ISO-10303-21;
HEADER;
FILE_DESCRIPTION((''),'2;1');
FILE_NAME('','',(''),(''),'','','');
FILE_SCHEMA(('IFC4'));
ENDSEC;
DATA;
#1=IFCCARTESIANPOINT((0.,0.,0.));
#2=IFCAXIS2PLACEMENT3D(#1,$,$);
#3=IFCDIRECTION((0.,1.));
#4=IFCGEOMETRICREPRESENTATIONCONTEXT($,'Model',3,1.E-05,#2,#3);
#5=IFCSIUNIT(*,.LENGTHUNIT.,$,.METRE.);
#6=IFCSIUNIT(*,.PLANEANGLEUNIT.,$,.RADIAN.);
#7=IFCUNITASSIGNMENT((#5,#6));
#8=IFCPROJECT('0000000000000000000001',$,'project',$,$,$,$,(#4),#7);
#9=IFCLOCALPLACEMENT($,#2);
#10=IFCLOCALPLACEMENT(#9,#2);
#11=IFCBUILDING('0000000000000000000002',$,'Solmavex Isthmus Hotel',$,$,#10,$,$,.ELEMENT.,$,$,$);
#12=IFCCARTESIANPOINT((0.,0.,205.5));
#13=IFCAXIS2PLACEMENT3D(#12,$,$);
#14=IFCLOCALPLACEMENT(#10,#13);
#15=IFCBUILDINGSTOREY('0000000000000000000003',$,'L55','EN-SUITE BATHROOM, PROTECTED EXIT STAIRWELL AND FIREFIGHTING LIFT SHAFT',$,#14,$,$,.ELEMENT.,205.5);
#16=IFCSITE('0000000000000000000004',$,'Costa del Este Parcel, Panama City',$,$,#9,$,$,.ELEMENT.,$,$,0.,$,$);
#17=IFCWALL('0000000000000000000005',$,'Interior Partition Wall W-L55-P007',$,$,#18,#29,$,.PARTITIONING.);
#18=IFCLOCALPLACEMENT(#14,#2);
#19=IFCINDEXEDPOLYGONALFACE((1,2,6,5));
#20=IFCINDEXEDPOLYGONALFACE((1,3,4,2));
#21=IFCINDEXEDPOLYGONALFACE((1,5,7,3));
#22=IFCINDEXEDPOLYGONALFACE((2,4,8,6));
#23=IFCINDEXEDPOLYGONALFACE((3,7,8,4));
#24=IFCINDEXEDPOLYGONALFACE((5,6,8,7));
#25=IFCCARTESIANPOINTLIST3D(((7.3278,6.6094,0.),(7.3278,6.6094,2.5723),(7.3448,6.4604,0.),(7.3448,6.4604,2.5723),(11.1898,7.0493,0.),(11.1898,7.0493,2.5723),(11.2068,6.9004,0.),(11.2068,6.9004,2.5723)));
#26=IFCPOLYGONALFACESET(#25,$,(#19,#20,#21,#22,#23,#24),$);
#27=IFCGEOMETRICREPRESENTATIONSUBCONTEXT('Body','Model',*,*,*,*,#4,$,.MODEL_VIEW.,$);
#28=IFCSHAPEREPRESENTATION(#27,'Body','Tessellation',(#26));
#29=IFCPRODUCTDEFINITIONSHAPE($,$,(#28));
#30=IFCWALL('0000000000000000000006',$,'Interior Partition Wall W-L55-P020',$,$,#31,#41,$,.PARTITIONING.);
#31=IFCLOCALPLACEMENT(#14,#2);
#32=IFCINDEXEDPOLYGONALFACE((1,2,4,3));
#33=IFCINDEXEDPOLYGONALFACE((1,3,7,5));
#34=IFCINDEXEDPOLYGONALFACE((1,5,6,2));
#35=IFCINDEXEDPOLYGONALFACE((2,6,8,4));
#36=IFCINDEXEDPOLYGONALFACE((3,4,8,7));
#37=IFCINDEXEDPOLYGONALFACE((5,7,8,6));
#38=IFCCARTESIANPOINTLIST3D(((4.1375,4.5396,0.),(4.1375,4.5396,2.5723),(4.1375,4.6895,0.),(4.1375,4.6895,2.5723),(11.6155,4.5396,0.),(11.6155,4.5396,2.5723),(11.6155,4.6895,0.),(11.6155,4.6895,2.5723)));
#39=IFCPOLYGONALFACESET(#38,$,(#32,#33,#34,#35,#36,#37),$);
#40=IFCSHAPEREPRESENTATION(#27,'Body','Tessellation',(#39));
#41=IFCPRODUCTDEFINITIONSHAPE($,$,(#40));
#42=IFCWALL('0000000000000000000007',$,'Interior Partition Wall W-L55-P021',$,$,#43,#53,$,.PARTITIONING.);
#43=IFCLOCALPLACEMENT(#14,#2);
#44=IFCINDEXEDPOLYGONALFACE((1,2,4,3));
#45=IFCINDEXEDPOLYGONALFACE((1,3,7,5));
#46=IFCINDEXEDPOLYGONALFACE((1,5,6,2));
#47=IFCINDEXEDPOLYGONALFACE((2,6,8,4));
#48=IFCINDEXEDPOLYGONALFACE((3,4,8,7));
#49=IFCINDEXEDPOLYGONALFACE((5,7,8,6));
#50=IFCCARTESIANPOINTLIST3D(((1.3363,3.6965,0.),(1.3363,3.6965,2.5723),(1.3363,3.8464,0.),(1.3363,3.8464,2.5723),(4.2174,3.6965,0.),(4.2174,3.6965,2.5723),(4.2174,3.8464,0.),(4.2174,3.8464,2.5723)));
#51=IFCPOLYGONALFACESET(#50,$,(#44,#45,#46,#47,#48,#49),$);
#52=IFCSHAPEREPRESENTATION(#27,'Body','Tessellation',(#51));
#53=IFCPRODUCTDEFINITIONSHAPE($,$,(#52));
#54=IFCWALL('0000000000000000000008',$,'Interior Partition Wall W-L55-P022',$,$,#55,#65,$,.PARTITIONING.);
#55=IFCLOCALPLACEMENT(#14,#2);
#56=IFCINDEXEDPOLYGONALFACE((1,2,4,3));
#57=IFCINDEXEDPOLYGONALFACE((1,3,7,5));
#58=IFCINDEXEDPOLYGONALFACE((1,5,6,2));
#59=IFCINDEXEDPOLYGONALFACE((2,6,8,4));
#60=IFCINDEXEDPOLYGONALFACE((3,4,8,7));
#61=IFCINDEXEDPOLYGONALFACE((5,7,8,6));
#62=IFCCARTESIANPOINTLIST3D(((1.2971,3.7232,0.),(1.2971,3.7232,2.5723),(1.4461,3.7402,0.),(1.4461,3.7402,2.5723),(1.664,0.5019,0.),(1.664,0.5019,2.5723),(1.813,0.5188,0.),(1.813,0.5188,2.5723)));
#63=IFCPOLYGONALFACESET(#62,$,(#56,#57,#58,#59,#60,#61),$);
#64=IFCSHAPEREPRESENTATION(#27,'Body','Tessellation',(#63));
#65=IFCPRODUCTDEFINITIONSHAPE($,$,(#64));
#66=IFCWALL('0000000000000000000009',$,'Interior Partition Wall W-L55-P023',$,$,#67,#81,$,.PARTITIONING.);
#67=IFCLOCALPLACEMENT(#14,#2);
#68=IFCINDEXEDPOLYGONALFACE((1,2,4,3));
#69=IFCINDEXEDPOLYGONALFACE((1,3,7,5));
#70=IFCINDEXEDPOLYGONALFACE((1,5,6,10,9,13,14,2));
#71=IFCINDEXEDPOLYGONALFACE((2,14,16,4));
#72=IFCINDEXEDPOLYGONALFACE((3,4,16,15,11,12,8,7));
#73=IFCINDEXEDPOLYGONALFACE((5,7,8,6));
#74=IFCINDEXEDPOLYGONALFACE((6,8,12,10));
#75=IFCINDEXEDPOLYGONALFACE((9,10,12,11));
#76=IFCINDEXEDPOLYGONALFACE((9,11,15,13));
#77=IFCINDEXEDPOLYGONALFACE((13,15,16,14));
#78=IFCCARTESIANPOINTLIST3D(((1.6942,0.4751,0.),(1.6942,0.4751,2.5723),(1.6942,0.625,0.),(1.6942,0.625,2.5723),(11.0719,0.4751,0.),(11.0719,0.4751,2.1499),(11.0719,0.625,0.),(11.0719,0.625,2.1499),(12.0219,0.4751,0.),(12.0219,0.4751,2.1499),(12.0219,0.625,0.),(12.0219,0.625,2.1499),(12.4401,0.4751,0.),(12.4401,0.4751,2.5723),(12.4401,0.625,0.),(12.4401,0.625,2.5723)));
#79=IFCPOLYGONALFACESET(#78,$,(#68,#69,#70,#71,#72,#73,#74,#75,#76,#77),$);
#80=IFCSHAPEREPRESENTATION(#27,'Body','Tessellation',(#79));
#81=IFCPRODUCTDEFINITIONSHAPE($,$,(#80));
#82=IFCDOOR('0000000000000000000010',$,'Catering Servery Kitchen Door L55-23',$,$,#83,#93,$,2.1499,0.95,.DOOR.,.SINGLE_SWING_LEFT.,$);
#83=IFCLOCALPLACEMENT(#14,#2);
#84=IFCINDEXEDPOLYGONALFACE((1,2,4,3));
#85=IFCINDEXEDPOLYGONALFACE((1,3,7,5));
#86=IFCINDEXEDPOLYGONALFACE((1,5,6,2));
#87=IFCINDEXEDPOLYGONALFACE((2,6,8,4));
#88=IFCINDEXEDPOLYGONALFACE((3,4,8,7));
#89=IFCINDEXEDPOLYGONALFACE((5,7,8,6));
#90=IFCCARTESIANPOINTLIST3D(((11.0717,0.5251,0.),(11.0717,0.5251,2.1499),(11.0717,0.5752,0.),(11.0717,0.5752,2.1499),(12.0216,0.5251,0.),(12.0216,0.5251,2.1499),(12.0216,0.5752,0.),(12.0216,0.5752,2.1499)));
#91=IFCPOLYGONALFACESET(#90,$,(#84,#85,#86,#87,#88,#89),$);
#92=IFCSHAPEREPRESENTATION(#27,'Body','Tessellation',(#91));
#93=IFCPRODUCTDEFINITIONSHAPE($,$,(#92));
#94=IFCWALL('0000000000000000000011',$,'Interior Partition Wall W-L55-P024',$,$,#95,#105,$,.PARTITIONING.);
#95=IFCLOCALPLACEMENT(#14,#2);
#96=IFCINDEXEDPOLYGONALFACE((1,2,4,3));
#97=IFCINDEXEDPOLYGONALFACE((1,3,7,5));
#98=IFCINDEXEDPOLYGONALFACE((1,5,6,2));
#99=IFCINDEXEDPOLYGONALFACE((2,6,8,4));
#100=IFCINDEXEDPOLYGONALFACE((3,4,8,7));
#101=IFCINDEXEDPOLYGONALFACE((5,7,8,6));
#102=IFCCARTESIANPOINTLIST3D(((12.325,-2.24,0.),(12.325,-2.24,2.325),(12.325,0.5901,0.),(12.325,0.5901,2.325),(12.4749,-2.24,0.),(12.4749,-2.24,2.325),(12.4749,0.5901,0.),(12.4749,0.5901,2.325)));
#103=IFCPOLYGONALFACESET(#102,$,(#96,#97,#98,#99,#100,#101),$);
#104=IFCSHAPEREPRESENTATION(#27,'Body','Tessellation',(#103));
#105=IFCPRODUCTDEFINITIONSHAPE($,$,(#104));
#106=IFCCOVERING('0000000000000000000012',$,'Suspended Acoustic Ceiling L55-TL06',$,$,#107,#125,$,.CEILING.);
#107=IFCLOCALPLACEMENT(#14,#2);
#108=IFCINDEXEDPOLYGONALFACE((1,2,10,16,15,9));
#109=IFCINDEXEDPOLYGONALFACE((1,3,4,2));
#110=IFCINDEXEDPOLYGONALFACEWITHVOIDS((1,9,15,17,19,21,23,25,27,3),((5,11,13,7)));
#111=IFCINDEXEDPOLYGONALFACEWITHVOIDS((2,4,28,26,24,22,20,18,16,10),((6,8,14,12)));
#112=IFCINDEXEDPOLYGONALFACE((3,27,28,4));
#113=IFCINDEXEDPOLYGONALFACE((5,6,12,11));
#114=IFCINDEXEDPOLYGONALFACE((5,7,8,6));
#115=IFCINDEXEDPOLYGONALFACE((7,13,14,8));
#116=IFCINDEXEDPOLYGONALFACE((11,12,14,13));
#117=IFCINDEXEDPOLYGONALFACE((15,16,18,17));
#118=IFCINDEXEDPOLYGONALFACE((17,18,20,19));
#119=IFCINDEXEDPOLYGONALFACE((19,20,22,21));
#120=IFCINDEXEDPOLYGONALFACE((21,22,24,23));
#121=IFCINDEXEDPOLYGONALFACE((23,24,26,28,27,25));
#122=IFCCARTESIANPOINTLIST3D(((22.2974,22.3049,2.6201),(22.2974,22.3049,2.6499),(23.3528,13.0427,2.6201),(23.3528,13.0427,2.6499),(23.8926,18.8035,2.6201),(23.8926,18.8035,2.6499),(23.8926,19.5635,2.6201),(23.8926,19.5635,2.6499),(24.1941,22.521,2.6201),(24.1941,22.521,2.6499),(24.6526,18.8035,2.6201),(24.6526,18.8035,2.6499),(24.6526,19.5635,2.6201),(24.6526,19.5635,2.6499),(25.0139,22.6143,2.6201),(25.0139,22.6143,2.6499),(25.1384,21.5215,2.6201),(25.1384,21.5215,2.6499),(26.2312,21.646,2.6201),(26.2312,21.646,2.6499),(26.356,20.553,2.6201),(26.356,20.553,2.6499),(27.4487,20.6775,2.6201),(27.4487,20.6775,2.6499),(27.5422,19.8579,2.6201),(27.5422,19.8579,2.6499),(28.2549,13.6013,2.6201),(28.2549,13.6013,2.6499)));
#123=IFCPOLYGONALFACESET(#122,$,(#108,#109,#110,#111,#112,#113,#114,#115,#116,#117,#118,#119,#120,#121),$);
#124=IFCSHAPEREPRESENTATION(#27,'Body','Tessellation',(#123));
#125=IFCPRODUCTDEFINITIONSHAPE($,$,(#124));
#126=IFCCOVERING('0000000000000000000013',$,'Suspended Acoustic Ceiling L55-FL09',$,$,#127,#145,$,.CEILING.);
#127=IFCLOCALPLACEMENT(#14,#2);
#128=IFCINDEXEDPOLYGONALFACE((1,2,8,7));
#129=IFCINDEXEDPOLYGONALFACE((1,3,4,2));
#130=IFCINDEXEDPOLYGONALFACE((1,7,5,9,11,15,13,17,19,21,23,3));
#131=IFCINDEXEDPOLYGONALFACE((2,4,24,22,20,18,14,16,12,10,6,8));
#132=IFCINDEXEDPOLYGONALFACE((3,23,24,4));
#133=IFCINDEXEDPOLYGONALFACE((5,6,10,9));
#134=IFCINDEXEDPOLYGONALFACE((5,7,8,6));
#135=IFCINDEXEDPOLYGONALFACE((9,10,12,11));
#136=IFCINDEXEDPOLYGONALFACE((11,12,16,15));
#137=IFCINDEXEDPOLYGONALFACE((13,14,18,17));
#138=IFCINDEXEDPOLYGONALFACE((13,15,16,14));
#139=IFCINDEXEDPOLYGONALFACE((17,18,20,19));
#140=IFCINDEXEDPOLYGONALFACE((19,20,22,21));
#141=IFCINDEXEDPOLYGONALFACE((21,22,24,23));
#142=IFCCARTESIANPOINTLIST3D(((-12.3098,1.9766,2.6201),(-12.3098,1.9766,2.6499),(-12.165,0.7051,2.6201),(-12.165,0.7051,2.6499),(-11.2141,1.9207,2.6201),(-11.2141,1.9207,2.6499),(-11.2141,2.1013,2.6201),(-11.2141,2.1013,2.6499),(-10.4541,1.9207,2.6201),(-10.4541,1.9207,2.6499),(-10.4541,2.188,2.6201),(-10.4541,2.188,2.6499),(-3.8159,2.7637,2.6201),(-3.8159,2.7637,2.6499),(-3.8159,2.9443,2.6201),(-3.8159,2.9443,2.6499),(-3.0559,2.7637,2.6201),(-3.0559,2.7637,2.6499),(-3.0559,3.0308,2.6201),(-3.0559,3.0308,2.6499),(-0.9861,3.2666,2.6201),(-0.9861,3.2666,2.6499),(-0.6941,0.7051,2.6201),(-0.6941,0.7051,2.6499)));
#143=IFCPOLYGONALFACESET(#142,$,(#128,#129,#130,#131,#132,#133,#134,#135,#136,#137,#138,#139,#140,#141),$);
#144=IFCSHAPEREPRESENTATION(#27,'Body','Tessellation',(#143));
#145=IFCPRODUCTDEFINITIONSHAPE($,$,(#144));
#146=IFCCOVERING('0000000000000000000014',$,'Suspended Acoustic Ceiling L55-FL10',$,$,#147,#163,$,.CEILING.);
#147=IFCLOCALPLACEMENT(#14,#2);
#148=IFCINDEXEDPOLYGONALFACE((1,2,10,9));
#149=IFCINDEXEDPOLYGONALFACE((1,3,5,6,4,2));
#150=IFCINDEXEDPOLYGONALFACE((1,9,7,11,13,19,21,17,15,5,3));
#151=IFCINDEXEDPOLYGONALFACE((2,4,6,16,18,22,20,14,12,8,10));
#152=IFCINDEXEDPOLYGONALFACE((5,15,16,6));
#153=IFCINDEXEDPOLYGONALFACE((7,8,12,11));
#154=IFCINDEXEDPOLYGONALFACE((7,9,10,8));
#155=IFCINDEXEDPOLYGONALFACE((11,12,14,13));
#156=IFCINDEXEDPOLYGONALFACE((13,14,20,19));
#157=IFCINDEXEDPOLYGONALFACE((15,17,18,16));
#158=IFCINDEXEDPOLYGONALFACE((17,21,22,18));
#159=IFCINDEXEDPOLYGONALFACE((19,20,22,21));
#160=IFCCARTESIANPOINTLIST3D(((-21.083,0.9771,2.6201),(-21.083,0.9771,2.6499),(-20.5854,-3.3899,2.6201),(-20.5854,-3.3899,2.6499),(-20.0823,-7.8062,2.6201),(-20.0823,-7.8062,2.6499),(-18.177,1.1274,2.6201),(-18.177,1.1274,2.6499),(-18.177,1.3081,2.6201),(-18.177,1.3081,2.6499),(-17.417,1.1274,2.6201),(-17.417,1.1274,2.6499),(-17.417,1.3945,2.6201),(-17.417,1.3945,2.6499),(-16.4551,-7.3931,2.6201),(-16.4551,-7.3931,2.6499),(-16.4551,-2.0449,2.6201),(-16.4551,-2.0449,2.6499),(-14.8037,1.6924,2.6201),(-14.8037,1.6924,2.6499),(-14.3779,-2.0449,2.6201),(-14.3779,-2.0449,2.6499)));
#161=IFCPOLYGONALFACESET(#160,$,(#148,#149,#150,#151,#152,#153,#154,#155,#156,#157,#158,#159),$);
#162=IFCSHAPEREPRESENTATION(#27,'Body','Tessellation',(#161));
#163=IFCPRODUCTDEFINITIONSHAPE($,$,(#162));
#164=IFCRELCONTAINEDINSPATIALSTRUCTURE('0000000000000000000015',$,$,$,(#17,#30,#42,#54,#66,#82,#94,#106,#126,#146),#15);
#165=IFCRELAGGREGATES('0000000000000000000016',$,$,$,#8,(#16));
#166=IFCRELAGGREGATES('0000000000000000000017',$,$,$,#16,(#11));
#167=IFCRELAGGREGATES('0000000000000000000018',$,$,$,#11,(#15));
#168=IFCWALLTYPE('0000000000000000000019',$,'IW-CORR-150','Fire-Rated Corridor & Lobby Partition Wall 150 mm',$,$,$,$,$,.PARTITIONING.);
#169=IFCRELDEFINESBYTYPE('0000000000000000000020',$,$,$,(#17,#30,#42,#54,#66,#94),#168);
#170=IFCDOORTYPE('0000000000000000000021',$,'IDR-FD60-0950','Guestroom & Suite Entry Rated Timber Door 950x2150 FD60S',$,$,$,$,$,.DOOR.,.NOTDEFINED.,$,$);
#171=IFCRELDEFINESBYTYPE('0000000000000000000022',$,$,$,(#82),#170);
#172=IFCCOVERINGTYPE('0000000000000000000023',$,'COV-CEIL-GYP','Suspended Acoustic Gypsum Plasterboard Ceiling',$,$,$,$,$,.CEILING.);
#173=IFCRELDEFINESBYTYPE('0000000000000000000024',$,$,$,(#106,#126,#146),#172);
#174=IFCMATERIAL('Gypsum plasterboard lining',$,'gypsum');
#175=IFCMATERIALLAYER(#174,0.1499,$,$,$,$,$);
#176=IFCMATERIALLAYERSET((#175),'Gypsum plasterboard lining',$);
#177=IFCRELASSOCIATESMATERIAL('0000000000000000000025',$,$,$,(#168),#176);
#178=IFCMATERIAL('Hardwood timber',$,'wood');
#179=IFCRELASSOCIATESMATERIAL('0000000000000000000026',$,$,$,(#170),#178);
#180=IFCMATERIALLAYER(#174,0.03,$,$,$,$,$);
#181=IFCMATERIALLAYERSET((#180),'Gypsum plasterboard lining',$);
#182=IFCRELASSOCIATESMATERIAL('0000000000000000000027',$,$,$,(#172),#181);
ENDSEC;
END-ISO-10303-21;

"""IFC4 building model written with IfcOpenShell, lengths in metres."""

from ifc_helpers import new_model, si_unit, direction, frame, frame_2d, origin, place, context, subcontext, project, spatial, polyline, rectangle, outline, extrude, material, layer, layer_set, type_object, element, fill, save


model = new_model("IFC4")

# Units and contexts
model_context = context("Model", 3, precision=1e-05, world=origin(), true_north=direction((0.0, 1.0)))
body_context = subcontext(model_context, "Body", "Model", "MODEL_VIEW")
ifc_project = project(units=[si_unit("LENGTHUNIT", "METRE"), si_unit("PLANEANGLEUNIT", "RADIAN")], contexts=[model_context])

# Site, building, storey
site_placement = place(None, origin())
site = spatial("IfcSite", under=ifc_project, at=site_placement, Name="Costa del Este Parcel, Panama City", CompositionType="ELEMENT", RefElevation=0.0)
building_placement = place(site_placement, origin())
building = spatial("IfcBuilding", under=site, at=building_placement, Name="Solmavex Isthmus Hotel", CompositionType="ELEMENT")
storey_placement = place(building_placement, frame((0.0, 0.0, 205.5)))
storey = spatial("IfcBuildingStorey", under=building, at=storey_placement, Name="L55", Description="EN-SUITE BATHROOM, PROTECTED EXIT STAIRWELL AND FIREFIGHTING LIFT SHAFT", CompositionType="ELEMENT", Elevation=205.5)

# Shared definitions
ifc_material_1 = material(Name="Gypsum plasterboard lining", Category="gypsum")
ifc_layer_1 = layer(ifc_material_1, 0.1499)
ifc_layer_set_1 = layer_set([ifc_layer_1], Name="Gypsum plasterboard lining")
wall_type = type_object("IfcWallType", Name="IW-CORR-150", Description="Fire-Rated Corridor & Lobby Partition Wall 150 mm", PredefinedType="PARTITIONING", material=ifc_layer_set_1)
ifc_material_2 = material(Name="Hardwood timber", Category="wood")
door_type = type_object("IfcDoorType", Name="IDR-FD60-0950", Description="Guestroom & Suite Entry Rated Timber Door 950x2150 FD60S", OperationType="NOTDEFINED", PredefinedType="DOOR", material=ifc_material_2)

# Walls
wall_1_placement = place(storey_placement, frame((7.3364, 6.5349, 0.0), z_axis=(0.0, 0.0, 1.0), x_axis=(0.993574, 0.113182, 0.0)))
element("IfcWall", 1, at=wall_1_placement, inside=storey, type_object=wall_type, Name="Interior Partition Wall W-L55-P007", PredefinedType="PARTITIONING", context=body_context, shape_type="SweptSolid", body=[
    extrude(rectangle(XDim=3.887, YDim=0.1499, at=frame_2d((1.9434, 0.0))), origin(), (0.0, 0.0, 1.0), 2.5723),
])
wall_2_placement = place(storey_placement, frame((11.6155, 4.6145, 0.0), z_axis=(0.0, 0.0, 1.0), x_axis=(-1.0, 0.0, 0.0)))
element("IfcWall", 2, at=wall_2_placement, inside=storey, type_object=wall_type, Name="Interior Partition Wall W-L55-P020", PredefinedType="PARTITIONING", context=body_context, shape_type="SweptSolid", body=[
    extrude(rectangle(XDim=7.478, YDim=0.1499, at=frame_2d((3.739, 0.0))), origin(), (0.0, 0.0, 1.0), 2.5723),
])
wall_3_placement = place(storey_placement, frame((4.2173, 3.7715, 0.0), z_axis=(0.0, 0.0, 1.0), x_axis=(-1.0, 0.0, 0.0)))
element("IfcWall", 3, at=wall_3_placement, inside=storey, type_object=wall_type, Name="Interior Partition Wall W-L55-P021", PredefinedType="PARTITIONING", context=body_context, shape_type="SweptSolid", body=[
    extrude(rectangle(XDim=2.8811, YDim=0.1499, at=frame_2d((1.4404, 0.0))), origin(), (0.0, 0.0, 1.0), 2.5723),
])
wall_4_placement = place(storey_placement, frame((1.3716, 3.7317, 0.0), z_axis=(0.0, 0.0, 1.0), x_axis=(0.113175, -0.993575, 0.0)))
element("IfcWall", 4, at=wall_4_placement, inside=storey, type_object=wall_type, Name="Interior Partition Wall W-L55-P022", PredefinedType="PARTITIONING", context=body_context, shape_type="SweptSolid", body=[
    extrude(rectangle(XDim=3.2422, YDim=0.1499, at=frame_2d((1.6211, 0.0))), origin(), (0.0, 0.0, 1.0), 2.5723),
])

# Wall, opening, door
wall_5_placement = place(storey_placement, frame((1.6941, 0.55, 0.0), z_axis=(0.0, 0.0, 1.0), x_axis=(1.0, 0.0, 0.0)))
wall_5 = element("IfcWall", 5, at=wall_5_placement, inside=storey, type_object=wall_type, Name="Interior Partition Wall W-L55-P023", PredefinedType="PARTITIONING", context=body_context, shape_type="SweptSolid", body=[
    extrude(rectangle(XDim=10.7458, YDim=0.1499, at=frame_2d((5.373, 0.0))), origin(), (0.0, 0.0, 1.0), 2.5723),
])
opening_1_placement = place(wall_5_placement, frame((9.3777, 0.0, 0.0)))
opening_1 = element("IfcOpeningElement", 6, at=opening_1_placement, cuts=wall_5, PredefinedType="OPENING", context=body_context, shape_type="SweptSolid", body=[
    extrude(rectangle(XDim=0.95, YDim=2.1499, at=frame_2d((0.4751, 1.075))), frame((0.0, 0.085, 0.0), z_axis=(0.0, -1.0, 0.0), x_axis=(1.0, 0.0, 0.0)), (0.0, 0.0, 1.0), 0.1699),
])
door_1_placement = place(opening_1_placement, frame((0.95, 0.0, 0.0), z_axis=(0.0, 0.0, 1.0), x_axis=(-1.0, 0.0, 0.0)))
door_1 = element("IfcDoor", 7, at=door_1_placement, inside=storey, type_object=door_type, Name="Catering Servery Kitchen Door L55-23", OperationType="SINGLE_SWING_LEFT", OverallHeight=2.1499, OverallWidth=0.95, PredefinedType="DOOR", context=body_context, shape_type="SweptSolid", body=[
    extrude(rectangle(XDim=0.95, YDim=2.1499, at=frame_2d((0.4751, 1.075))), frame((0.0, 0.0249, 0.0), z_axis=(0.0, -1.0, 0.0), x_axis=(1.0, 0.0, 0.0)), (0.0, 0.0, 1.0), 0.05),
])
fill(opening_1, door_1)

# Wall
wall_6_placement = place(storey_placement, frame((12.3999, 0.5901, 0.0), z_axis=(0.0, 0.0, 1.0), x_axis=(0.0, -1.0, 0.0)))
element("IfcWall", 8, at=wall_6_placement, inside=storey, type_object=wall_type, Name="Interior Partition Wall W-L55-P024", PredefinedType="PARTITIONING", context=body_context, shape_type="SweptSolid", body=[
    extrude(rectangle(XDim=2.8301, YDim=0.1499, at=frame_2d((1.415, 0.0))), origin(), (0.0, 0.0, 1.0), 2.325),
])

# Coverings
ifc_layer_2 = layer(ifc_material_1, 0.03)
ifc_layer_set_2 = layer_set([ifc_layer_2], Name="Gypsum plasterboard lining")
covering_type_1 = type_object("IfcCoveringType", Name="COV-CEIL-GYP", Description="Suspended Acoustic Gypsum Plasterboard Ceiling", PredefinedType="CEILING", material=ifc_layer_set_2)
covering_1_placement = place(storey_placement, frame((0.0, 0.0, 2.6201)))
element("IfcCovering", 9, at=covering_1_placement, inside=storey, type_object=covering_type_1, Name="Suspended Acoustic Ceiling L55-TL06", PredefinedType="CEILING", context=body_context, shape_type="SweptSolid", body=[
    extrude(outline(polyline([(25.0139, 22.6143), (24.1941, 22.521), (22.2974, 22.3049), (23.3528, 13.0427), (28.2549, 13.6013), (27.5422, 19.8579), (27.4487, 20.6775), (26.356, 20.553), (26.2312, 21.646), (25.1384, 21.5215), (25.0139, 22.6143)]), holes=[polyline([(23.8926, 19.5635), (24.6526, 19.5635), (24.6526, 18.8035), (23.8926, 18.8035), (23.8926, 19.5635)])]), origin(), (0.0, 0.0, 1.0), 0.0298),
])
covering_2_placement = place(storey_placement, frame((0.0, 0.0, 2.6201)))
element("IfcCovering", 10, at=covering_2_placement, inside=storey, type_object=covering_type_1, Name="Suspended Acoustic Ceiling L55-FL09", PredefinedType="CEILING", context=body_context, shape_type="SweptSolid", body=[
    extrude(outline(polyline([(-10.4541, 2.188), (-10.4541, 1.9207), (-11.2141, 1.9207), (-11.2141, 2.1013), (-12.3098, 1.9766), (-12.165, 0.7051), (-0.6941, 0.7051), (-0.9861, 3.2666), (-3.0559, 3.0308), (-3.0559, 2.7637), (-3.8159, 2.7637), (-3.8159, 2.9443), (-10.4541, 2.188)])), origin(), (0.0, 0.0, 1.0), 0.0298),
])
covering_3_placement = place(storey_placement, frame((0.0, 0.0, 2.6201)))
element("IfcCovering", 11, at=covering_3_placement, inside=storey, type_object=covering_type_1, Name="Suspended Acoustic Ceiling L55-FL10", PredefinedType="CEILING", context=body_context, shape_type="SweptSolid", body=[
    extrude(outline(polyline([(-17.417, 1.3945), (-17.417, 1.1274), (-18.177, 1.1274), (-18.177, 1.3081), (-21.083, 0.9771), (-20.5854, -3.3899), (-20.0823, -7.8062), (-16.4551, -7.3931), (-16.4551, -2.0449), (-14.3779, -2.0449), (-14.8037, 1.6924), (-17.417, 1.3945)])), origin(), (0.0, 0.0, 1.0), 0.0298),
])

save(model, "model.ifc")
